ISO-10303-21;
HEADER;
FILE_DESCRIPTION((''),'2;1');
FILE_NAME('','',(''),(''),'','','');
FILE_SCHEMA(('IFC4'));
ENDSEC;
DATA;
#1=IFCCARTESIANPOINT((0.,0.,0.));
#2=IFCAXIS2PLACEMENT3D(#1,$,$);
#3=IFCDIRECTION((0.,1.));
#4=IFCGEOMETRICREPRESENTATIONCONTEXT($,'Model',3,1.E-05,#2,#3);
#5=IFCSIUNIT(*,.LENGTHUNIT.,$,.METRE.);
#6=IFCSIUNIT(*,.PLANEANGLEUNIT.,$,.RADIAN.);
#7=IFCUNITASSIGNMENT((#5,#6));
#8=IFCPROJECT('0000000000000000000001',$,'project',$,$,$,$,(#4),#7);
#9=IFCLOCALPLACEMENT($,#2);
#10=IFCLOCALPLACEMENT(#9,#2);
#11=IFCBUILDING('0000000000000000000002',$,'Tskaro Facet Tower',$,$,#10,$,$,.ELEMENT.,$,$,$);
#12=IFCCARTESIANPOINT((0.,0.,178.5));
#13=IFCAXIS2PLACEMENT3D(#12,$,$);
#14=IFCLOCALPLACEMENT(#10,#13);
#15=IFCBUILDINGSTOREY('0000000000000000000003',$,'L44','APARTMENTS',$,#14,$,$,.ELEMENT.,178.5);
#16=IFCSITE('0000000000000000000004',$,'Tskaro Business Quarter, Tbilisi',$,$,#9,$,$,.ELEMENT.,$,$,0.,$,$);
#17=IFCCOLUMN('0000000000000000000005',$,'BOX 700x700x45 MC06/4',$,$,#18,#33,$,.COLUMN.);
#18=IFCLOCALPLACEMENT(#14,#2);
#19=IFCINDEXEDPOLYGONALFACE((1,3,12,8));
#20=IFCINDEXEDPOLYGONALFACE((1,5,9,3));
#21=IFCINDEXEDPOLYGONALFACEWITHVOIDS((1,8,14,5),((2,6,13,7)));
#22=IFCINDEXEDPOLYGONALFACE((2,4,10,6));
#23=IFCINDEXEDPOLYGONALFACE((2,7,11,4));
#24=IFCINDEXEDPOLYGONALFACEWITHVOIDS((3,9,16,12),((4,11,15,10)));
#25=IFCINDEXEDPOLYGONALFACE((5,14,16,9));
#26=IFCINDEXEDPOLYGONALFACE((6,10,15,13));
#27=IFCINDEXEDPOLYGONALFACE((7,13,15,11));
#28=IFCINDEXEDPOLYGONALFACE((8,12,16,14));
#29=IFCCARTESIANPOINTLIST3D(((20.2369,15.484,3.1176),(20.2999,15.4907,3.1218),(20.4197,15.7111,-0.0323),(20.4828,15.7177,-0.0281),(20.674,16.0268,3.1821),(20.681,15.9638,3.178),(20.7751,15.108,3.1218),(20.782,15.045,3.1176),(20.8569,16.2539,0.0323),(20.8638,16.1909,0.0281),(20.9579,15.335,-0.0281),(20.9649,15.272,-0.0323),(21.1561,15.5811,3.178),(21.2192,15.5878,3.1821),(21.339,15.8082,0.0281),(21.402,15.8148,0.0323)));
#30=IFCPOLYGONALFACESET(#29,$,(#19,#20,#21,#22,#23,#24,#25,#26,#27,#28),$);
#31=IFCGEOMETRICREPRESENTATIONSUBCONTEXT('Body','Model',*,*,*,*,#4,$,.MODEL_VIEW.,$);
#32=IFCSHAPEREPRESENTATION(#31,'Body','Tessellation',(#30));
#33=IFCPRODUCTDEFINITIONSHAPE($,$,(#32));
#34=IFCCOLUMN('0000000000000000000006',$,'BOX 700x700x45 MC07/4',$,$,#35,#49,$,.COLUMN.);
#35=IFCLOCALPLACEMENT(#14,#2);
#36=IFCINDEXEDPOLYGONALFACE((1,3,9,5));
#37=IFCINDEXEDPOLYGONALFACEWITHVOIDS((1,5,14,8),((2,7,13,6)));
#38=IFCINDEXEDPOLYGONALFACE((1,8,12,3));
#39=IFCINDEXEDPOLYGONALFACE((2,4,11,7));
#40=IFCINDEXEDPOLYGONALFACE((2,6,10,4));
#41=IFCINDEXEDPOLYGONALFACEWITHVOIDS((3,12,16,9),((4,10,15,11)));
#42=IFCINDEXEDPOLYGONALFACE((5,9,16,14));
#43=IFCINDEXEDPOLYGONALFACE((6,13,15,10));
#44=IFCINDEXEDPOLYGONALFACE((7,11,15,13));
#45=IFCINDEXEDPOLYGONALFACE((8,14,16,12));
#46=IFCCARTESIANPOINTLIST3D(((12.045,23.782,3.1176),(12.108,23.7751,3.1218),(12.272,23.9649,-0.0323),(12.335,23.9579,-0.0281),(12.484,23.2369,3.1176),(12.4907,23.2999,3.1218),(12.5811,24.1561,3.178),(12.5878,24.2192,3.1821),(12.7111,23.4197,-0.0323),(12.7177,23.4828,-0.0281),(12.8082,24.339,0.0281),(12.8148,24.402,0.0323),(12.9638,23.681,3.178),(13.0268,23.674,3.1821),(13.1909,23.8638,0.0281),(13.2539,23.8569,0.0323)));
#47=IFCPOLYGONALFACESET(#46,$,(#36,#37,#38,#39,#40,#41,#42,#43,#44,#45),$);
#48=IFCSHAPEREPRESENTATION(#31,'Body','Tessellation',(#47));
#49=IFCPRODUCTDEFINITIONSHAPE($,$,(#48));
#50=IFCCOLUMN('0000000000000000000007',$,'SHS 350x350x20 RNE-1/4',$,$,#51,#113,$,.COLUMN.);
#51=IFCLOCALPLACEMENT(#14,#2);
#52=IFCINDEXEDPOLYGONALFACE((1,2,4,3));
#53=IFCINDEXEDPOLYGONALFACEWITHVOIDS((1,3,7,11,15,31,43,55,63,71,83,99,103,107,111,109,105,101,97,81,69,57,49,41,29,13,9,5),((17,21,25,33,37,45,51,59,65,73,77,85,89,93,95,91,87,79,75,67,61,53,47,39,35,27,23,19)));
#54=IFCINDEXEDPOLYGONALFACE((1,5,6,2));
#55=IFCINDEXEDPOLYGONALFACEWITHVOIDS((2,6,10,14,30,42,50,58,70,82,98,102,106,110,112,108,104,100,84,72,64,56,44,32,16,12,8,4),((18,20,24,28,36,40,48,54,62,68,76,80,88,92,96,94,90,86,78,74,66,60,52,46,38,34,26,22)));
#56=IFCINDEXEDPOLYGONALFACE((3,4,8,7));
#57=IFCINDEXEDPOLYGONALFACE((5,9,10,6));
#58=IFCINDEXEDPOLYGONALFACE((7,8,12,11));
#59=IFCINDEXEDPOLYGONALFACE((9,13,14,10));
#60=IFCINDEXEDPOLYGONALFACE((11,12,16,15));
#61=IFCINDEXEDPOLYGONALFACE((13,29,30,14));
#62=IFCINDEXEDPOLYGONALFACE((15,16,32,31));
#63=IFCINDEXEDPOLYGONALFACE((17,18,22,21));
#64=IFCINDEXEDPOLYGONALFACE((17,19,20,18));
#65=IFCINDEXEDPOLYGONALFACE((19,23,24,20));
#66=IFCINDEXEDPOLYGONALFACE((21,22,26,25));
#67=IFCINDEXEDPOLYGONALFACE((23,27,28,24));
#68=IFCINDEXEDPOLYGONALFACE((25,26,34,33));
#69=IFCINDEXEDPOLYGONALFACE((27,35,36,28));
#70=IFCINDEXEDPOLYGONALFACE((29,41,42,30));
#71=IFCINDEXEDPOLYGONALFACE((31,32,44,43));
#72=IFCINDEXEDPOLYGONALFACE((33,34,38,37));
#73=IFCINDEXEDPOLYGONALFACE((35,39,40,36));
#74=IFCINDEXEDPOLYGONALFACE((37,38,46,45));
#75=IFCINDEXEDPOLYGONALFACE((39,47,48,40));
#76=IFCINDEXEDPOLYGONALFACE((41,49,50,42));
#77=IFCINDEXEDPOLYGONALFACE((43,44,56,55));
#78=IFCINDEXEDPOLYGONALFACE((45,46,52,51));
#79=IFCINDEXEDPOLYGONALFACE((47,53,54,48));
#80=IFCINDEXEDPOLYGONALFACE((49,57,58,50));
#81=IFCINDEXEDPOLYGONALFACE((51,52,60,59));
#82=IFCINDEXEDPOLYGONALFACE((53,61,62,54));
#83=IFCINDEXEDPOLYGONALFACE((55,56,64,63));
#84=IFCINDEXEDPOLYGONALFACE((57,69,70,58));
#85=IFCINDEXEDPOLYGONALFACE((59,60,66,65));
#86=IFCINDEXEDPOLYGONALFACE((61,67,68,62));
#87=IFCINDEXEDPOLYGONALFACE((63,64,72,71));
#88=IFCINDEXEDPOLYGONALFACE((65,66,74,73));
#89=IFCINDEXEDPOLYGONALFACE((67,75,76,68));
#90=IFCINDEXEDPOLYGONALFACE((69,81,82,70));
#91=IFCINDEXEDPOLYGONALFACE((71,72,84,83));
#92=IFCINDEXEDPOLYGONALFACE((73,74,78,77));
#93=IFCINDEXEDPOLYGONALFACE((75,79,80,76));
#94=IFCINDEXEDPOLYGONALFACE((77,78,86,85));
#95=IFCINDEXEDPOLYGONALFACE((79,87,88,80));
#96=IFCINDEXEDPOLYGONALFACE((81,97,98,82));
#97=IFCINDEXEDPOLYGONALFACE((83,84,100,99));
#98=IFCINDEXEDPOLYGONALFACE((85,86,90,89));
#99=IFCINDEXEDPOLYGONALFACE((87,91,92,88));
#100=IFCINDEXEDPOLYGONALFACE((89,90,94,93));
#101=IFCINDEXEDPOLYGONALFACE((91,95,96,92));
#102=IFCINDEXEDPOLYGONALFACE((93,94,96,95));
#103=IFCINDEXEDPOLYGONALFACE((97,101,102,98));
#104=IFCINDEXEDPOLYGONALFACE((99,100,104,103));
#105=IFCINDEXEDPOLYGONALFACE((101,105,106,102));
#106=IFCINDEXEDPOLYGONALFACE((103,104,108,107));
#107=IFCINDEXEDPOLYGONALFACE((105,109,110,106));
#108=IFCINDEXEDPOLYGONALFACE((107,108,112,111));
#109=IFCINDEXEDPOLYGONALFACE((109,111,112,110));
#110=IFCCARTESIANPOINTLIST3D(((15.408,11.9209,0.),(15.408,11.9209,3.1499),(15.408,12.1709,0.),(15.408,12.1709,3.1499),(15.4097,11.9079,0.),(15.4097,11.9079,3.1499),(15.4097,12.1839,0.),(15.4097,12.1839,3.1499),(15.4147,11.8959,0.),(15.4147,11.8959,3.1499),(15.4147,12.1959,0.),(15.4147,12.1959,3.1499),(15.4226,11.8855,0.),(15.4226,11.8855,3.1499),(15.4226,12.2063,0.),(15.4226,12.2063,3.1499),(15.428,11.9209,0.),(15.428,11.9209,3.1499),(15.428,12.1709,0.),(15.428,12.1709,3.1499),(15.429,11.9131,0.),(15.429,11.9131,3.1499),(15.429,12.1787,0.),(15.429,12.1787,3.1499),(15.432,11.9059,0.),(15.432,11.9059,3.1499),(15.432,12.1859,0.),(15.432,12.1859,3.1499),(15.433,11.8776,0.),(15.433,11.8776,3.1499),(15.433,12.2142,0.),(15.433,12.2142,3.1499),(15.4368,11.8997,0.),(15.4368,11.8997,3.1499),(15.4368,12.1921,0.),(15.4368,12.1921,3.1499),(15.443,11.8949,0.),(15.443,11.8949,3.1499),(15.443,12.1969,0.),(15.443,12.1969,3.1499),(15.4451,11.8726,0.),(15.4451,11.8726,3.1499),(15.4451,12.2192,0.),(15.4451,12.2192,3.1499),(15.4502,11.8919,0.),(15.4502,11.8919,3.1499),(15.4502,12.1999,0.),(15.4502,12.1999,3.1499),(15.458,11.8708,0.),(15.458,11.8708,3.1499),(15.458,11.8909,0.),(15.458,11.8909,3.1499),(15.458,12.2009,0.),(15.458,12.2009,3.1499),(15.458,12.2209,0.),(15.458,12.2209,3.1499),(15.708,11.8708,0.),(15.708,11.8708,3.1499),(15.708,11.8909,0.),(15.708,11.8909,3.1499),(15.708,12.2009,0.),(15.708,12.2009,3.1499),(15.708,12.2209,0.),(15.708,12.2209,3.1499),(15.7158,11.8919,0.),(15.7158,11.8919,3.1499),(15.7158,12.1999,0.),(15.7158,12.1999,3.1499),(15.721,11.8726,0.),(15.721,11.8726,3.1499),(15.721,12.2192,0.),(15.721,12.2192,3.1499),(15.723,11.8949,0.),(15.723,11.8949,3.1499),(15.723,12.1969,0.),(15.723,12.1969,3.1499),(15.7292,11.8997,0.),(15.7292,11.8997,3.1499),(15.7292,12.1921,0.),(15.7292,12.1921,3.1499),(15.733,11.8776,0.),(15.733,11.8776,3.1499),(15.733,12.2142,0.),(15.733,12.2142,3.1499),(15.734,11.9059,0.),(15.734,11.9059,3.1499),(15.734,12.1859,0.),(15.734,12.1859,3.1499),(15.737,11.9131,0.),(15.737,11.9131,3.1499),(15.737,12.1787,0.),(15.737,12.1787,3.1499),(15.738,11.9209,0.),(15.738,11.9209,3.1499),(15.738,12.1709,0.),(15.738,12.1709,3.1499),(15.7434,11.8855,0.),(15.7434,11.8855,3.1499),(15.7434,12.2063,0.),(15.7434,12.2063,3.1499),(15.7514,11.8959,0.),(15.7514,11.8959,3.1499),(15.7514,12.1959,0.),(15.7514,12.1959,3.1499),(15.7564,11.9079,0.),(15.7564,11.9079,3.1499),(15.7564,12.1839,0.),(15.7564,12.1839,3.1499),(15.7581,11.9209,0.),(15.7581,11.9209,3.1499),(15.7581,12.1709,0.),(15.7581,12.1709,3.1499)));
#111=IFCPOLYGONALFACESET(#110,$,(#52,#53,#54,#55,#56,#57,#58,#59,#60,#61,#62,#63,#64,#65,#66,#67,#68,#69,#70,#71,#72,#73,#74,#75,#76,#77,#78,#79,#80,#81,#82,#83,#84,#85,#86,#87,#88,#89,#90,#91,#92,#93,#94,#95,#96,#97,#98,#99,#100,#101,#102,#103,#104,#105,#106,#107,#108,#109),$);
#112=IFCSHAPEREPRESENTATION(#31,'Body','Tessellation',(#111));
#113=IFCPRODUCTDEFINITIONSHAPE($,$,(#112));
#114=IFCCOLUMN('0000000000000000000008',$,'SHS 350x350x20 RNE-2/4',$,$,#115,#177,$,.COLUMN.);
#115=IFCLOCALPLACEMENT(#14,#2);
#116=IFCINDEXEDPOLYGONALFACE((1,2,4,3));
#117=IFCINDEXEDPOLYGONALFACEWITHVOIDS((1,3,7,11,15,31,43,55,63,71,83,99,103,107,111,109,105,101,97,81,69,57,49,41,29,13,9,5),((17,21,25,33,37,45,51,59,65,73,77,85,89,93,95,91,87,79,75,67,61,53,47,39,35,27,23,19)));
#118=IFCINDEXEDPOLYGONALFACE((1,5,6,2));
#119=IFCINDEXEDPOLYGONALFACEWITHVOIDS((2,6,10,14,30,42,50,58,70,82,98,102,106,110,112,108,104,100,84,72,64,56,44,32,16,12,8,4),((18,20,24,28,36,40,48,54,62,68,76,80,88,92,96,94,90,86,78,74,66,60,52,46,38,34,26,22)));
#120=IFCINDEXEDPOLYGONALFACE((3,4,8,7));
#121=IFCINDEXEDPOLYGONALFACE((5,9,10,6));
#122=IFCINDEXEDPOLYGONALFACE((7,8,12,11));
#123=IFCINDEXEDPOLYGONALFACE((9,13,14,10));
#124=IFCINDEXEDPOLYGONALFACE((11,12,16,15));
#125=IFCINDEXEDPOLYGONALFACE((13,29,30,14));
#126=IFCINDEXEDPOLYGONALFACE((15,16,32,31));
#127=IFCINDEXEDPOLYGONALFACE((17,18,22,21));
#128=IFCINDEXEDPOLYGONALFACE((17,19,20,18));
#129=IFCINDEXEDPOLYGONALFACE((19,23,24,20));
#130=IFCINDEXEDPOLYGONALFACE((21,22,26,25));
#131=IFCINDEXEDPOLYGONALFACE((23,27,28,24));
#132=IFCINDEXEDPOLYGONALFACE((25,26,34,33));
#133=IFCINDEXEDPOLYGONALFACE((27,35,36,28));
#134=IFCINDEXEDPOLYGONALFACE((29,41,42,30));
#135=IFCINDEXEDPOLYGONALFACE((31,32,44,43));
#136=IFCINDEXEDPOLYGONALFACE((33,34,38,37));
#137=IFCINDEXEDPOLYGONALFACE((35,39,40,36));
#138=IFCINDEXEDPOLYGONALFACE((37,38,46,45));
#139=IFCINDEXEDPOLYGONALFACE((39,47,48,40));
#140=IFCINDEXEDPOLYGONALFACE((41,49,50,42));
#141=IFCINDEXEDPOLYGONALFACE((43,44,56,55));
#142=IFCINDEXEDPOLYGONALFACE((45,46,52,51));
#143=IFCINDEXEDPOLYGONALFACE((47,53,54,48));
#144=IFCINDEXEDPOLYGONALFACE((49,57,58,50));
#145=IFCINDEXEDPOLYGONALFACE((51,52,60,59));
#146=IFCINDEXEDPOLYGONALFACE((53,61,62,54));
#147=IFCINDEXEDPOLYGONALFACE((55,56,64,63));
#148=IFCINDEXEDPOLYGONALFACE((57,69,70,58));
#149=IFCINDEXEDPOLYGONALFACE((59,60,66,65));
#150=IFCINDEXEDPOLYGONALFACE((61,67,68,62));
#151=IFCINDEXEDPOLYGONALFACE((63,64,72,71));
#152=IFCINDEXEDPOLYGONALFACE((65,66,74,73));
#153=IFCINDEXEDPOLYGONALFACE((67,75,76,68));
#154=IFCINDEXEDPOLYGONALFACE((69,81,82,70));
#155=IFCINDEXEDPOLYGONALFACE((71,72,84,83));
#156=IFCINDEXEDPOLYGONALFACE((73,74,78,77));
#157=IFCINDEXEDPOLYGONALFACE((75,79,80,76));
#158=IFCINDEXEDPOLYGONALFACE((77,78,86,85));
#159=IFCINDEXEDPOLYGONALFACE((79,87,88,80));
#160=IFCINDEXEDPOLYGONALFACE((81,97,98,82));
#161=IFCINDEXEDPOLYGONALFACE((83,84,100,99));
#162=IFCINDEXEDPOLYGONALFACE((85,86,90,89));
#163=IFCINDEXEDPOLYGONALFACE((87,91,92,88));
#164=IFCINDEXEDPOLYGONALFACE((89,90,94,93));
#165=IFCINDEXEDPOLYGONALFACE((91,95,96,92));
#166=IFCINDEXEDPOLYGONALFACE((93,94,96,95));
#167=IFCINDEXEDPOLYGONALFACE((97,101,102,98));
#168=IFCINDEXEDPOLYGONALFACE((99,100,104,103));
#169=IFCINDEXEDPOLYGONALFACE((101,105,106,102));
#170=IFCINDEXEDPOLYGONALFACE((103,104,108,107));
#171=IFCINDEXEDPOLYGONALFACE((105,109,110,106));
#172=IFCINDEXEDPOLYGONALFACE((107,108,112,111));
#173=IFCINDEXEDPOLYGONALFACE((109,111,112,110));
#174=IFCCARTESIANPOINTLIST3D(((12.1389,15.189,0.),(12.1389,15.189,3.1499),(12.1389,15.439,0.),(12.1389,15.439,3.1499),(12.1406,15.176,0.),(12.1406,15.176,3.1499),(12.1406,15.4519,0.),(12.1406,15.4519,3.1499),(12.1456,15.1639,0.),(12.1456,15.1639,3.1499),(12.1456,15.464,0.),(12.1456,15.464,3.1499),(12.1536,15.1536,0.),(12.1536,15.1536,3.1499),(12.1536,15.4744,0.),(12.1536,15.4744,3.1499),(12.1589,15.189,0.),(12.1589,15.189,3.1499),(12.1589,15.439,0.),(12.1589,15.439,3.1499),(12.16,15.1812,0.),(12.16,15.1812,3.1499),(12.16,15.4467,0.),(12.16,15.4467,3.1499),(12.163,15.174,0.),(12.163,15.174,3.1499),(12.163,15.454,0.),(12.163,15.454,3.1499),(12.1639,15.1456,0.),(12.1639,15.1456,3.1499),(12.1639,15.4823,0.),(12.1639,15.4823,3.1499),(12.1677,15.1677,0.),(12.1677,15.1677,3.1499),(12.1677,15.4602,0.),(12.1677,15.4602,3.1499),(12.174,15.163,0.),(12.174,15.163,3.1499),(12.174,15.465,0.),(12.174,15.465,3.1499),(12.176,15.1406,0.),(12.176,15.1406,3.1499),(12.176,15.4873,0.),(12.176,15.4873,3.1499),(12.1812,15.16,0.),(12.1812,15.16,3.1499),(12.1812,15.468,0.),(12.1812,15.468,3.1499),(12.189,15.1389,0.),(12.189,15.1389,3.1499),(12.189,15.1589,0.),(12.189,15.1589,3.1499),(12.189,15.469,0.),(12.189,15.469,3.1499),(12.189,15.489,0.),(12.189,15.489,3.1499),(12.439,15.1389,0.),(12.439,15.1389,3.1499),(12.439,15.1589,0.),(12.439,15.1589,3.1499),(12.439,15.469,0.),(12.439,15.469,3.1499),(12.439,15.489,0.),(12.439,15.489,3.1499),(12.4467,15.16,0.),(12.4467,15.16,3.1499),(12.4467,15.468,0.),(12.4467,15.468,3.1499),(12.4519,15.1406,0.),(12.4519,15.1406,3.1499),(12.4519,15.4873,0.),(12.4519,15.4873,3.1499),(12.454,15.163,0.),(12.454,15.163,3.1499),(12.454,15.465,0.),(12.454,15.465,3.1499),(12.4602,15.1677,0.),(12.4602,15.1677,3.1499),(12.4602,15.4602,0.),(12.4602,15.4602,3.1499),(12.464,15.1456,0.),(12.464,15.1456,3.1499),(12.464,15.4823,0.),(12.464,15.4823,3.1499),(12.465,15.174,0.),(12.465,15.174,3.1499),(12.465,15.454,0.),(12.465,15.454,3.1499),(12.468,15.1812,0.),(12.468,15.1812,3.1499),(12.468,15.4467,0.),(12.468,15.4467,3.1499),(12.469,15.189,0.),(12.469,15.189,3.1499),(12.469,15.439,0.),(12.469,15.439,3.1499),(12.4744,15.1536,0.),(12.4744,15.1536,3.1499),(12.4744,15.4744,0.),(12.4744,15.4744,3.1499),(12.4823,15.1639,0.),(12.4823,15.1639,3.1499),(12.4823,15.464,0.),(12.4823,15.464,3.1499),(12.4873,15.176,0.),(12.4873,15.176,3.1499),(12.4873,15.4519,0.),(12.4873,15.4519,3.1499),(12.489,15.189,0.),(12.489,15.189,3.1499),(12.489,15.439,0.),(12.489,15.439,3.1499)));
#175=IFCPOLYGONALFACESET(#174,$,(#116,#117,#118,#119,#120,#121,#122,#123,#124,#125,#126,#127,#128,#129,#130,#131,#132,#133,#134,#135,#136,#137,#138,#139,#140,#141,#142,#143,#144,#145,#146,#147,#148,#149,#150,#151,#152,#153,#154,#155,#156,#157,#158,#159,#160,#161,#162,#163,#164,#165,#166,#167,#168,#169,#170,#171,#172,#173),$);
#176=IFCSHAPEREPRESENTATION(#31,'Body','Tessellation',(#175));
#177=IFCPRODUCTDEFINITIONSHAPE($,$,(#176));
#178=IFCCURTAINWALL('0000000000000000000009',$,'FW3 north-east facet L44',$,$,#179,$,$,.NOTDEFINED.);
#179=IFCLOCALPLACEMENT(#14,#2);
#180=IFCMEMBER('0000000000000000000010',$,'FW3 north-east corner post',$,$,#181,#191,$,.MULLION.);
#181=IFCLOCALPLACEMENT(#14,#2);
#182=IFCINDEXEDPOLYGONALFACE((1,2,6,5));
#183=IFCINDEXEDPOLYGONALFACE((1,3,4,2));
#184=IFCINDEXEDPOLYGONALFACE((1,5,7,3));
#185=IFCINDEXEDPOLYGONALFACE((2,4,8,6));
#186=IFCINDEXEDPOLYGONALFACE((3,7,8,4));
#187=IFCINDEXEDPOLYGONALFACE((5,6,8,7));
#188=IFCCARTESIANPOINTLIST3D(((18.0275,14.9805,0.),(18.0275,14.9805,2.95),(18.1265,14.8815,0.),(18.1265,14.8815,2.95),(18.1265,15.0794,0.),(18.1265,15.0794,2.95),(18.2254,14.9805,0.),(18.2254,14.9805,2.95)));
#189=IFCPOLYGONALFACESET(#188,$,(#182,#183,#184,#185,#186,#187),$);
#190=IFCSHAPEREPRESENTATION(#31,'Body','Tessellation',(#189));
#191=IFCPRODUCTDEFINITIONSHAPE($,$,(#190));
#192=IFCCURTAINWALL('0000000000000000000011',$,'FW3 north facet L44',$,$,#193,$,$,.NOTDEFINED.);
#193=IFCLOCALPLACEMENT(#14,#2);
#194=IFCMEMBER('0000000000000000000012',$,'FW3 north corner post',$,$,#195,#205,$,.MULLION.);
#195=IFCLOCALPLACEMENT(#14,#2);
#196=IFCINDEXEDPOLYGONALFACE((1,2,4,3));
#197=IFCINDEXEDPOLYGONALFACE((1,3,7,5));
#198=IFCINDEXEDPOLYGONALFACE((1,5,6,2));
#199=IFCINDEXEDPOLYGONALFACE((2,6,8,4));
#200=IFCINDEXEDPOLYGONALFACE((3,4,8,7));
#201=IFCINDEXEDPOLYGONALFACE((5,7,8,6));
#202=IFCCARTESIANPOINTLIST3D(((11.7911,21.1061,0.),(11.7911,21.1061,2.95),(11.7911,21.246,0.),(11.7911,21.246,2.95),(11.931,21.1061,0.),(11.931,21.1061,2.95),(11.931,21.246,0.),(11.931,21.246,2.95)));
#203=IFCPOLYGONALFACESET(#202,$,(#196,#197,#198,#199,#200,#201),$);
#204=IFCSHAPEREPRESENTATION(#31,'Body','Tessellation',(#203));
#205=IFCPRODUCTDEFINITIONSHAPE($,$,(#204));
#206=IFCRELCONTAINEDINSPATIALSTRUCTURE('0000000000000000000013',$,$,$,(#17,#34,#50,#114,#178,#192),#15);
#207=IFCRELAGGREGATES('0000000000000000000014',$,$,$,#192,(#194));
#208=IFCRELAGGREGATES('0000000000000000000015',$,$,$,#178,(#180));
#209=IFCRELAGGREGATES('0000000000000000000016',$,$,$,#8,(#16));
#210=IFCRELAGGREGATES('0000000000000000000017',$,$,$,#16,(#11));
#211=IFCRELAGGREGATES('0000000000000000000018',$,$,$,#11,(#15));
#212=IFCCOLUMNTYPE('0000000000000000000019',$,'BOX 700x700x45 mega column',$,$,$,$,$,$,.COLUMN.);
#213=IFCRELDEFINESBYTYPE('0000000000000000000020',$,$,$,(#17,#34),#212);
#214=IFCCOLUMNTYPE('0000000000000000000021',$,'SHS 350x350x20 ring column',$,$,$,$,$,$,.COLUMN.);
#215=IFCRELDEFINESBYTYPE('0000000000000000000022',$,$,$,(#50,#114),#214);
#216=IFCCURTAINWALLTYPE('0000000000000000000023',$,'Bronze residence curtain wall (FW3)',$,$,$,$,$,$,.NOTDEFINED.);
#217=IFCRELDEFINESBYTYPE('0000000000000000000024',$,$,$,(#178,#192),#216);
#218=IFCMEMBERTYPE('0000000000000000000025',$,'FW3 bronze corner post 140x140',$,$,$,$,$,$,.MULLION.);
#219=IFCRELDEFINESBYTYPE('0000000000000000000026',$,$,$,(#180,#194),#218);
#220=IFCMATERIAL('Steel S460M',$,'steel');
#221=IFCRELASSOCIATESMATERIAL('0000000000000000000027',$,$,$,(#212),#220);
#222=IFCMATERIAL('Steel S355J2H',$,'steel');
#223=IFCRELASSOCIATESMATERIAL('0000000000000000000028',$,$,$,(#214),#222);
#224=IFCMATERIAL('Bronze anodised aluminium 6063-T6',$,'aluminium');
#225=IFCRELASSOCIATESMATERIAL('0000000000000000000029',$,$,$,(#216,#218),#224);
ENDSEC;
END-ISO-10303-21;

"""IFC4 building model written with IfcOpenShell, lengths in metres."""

from ifc_helpers import new_model, si_unit, direction, frame, origin, origin_2d, place, context, subcontext, project, spatial, rectangle, hollow_rectangle, extrude, material, material_profile, profile_set, type_object, element, aggregate, save


model = new_model("IFC4")

# Units and contexts
model_context = context("Model", 3, precision=1e-05, world=origin(), true_north=direction((0.0, 1.0)))
body_context = subcontext(model_context, "Body", "Model", "MODEL_VIEW")
ifc_project = project(units=[si_unit("LENGTHUNIT", "METRE"), si_unit("PLANEANGLEUNIT", "RADIAN")], contexts=[model_context])

# Site, building, storey
site_placement = place(None, origin())
site = spatial("IfcSite", under=ifc_project, at=site_placement, Name="Tskaro Business Quarter, Tbilisi", CompositionType="ELEMENT", RefElevation=0.0)
building_placement = place(site_placement, origin())
building = spatial("IfcBuilding", under=site, at=building_placement, Name="Tskaro Facet Tower", CompositionType="ELEMENT")
storey_placement = place(building_placement, frame((0.0, 0.0, 178.5)))
storey = spatial("IfcBuildingStorey", under=building, at=storey_placement, Name="L44", Description="APARTMENTS", CompositionType="ELEMENT", Elevation=178.5)

# Columns
ifc_material_1 = material(Name="Steel S460M", Category="steel")
ifc_material_profile_1 = material_profile(ifc_material_1, hollow_rectangle(XDim=0.7, YDim=0.7, WallThickness=0.0449, at=origin_2d()), Name="BOX 700x700x45")
ifc_profile_set_1 = profile_set([ifc_material_profile_1], Name="Steel S460M")
column_type_1 = type_object("IfcColumnType", Name="BOX 700x700x45 mega column", PredefinedType="COLUMN", material=ifc_profile_set_1)
for number, where, z_axis, x_axis, name in (
    (1, (20.9109, 15.7629, 0.0), (-0.057806, -0.071775, 0.995744), (0.778822, -0.627245, 0.0), "BOX 700x700x45 MC06/4"),
    (2, (12.7629, 23.9109, 0.0), (-0.071775, -0.057806, 0.995744), (0.627245, -0.778822, 0.0), "BOX 700x700x45 MC07/4"),
):
    element("IfcColumn", number, at=place(storey_placement, frame(where, z_axis=z_axis, x_axis=x_axis)), inside=storey, type_object=column_type_1, Name=name, PredefinedType="COLUMN", context=body_context, shape_type="SweptSolid", body=[
        extrude(hollow_rectangle(XDim=0.7, YDim=0.7, WallThickness=0.0449, at=origin_2d()), origin(), (0.0, 0.0, 1.0), 3.1633),
    ])
ifc_material_2 = material(Name="Steel S355J2H", Category="steel")
ifc_material_profile_2 = material_profile(ifc_material_2, hollow_rectangle(XDim=0.3501, YDim=0.3501, WallThickness=0.02, InnerFilletRadius=0.03, OuterFilletRadius=0.05, at=origin_2d()), Name="SHS 350x350x20")
ifc_profile_set_2 = profile_set([ifc_material_profile_2], Name="Steel S355J2H")
column_type_2 = type_object("IfcColumnType", Name="SHS 350x350x20 ring column", PredefinedType="COLUMN", material=ifc_profile_set_2)
for number, where, z_axis, x_axis, name in (
    (3, (15.583, 12.0459, 0.0), (0.0, 0.0, 1.0), (1.0, 0.0, 0.0), "SHS 350x350x20 RNE-1/4"),
    (4, (12.314, 15.314, 0.0), (0.0, 0.0, 1.0), (1.0, 0.0, 0.0), "SHS 350x350x20 RNE-2/4"),
):
    element("IfcColumn", number, at=place(storey_placement, frame(where, z_axis=z_axis, x_axis=x_axis)), inside=storey, type_object=column_type_2, Name=name, PredefinedType="COLUMN", context=body_context, shape_type="SweptSolid", body=[
        extrude(hollow_rectangle(XDim=0.3501, YDim=0.3501, WallThickness=0.02, InnerFilletRadius=0.03, OuterFilletRadius=0.05, at=origin_2d()), origin(), (0.0, 0.0, 1.0), 3.1499),
    ])

# Curtain walls, members
ifc_material_3 = material(Name="Bronze anodised aluminium 6063-T6", Category="aluminium")
curtain_wall_type = type_object("IfcCurtainWallType", Name="Bronze residence curtain wall (FW3)", PredefinedType="NOTDEFINED", material=ifc_material_3)
curtain_wall_1_placement = place(storey_placement, origin())
curtain_wall_1 = element("IfcCurtainWall", 5, at=curtain_wall_1_placement, inside=storey, type_object=curtain_wall_type, Name="FW3 north-east facet L44", PredefinedType="NOTDEFINED")
ifc_material_profile_3 = material_profile(ifc_material_3, rectangle(XDim=0.1399, YDim=0.1399, at=origin_2d()), Name="Corner post 140x140")
ifc_profile_set_3 = profile_set([ifc_material_profile_3], Name="Bronze anodised aluminium 6063-T6")
member_type_1 = type_object("IfcMemberType", Name="FW3 bronze corner post 140x140", PredefinedType="MULLION", material=ifc_profile_set_3)
member_1_placement = place(storey_placement, frame((18.1265, 14.9805, 0.0), z_axis=(0.0, 0.0, 1.0), x_axis=(-0.707107, 0.707107, 0.0)))
member_1 = element("IfcMember", 6, at=member_1_placement, type_object=member_type_1, Name="FW3 north-east corner post", PredefinedType="MULLION", context=body_context, shape_type="SweptSolid", body=[
    extrude(rectangle(XDim=0.1399, YDim=0.1399, at=origin_2d()), origin(), (0.0, 0.0, 1.0), 2.95),
])
curtain_wall_2_placement = place(storey_placement, origin())
curtain_wall_2 = element("IfcCurtainWall", 7, at=curtain_wall_2_placement, inside=storey, type_object=curtain_wall_type, Name="FW3 north facet L44", PredefinedType="NOTDEFINED")
member_2_placement = place(storey_placement, frame((11.8611, 21.176, 0.0), z_axis=(0.0, 0.0, 1.0), x_axis=(-1.0, 0.0, 0.0)))
member_2 = element("IfcMember", 8, at=member_2_placement, type_object=member_type_1, Name="FW3 north corner post", PredefinedType="MULLION", context=body_context, shape_type="SweptSolid", body=[
    extrude(rectangle(XDim=0.1399, YDim=0.1399, at=origin_2d()), origin(), (0.0, 0.0, 1.0), 2.95),
])

aggregate(curtain_wall_2, [member_2])

aggregate(curtain_wall_1, [member_1])

save(model, "model.ifc")
